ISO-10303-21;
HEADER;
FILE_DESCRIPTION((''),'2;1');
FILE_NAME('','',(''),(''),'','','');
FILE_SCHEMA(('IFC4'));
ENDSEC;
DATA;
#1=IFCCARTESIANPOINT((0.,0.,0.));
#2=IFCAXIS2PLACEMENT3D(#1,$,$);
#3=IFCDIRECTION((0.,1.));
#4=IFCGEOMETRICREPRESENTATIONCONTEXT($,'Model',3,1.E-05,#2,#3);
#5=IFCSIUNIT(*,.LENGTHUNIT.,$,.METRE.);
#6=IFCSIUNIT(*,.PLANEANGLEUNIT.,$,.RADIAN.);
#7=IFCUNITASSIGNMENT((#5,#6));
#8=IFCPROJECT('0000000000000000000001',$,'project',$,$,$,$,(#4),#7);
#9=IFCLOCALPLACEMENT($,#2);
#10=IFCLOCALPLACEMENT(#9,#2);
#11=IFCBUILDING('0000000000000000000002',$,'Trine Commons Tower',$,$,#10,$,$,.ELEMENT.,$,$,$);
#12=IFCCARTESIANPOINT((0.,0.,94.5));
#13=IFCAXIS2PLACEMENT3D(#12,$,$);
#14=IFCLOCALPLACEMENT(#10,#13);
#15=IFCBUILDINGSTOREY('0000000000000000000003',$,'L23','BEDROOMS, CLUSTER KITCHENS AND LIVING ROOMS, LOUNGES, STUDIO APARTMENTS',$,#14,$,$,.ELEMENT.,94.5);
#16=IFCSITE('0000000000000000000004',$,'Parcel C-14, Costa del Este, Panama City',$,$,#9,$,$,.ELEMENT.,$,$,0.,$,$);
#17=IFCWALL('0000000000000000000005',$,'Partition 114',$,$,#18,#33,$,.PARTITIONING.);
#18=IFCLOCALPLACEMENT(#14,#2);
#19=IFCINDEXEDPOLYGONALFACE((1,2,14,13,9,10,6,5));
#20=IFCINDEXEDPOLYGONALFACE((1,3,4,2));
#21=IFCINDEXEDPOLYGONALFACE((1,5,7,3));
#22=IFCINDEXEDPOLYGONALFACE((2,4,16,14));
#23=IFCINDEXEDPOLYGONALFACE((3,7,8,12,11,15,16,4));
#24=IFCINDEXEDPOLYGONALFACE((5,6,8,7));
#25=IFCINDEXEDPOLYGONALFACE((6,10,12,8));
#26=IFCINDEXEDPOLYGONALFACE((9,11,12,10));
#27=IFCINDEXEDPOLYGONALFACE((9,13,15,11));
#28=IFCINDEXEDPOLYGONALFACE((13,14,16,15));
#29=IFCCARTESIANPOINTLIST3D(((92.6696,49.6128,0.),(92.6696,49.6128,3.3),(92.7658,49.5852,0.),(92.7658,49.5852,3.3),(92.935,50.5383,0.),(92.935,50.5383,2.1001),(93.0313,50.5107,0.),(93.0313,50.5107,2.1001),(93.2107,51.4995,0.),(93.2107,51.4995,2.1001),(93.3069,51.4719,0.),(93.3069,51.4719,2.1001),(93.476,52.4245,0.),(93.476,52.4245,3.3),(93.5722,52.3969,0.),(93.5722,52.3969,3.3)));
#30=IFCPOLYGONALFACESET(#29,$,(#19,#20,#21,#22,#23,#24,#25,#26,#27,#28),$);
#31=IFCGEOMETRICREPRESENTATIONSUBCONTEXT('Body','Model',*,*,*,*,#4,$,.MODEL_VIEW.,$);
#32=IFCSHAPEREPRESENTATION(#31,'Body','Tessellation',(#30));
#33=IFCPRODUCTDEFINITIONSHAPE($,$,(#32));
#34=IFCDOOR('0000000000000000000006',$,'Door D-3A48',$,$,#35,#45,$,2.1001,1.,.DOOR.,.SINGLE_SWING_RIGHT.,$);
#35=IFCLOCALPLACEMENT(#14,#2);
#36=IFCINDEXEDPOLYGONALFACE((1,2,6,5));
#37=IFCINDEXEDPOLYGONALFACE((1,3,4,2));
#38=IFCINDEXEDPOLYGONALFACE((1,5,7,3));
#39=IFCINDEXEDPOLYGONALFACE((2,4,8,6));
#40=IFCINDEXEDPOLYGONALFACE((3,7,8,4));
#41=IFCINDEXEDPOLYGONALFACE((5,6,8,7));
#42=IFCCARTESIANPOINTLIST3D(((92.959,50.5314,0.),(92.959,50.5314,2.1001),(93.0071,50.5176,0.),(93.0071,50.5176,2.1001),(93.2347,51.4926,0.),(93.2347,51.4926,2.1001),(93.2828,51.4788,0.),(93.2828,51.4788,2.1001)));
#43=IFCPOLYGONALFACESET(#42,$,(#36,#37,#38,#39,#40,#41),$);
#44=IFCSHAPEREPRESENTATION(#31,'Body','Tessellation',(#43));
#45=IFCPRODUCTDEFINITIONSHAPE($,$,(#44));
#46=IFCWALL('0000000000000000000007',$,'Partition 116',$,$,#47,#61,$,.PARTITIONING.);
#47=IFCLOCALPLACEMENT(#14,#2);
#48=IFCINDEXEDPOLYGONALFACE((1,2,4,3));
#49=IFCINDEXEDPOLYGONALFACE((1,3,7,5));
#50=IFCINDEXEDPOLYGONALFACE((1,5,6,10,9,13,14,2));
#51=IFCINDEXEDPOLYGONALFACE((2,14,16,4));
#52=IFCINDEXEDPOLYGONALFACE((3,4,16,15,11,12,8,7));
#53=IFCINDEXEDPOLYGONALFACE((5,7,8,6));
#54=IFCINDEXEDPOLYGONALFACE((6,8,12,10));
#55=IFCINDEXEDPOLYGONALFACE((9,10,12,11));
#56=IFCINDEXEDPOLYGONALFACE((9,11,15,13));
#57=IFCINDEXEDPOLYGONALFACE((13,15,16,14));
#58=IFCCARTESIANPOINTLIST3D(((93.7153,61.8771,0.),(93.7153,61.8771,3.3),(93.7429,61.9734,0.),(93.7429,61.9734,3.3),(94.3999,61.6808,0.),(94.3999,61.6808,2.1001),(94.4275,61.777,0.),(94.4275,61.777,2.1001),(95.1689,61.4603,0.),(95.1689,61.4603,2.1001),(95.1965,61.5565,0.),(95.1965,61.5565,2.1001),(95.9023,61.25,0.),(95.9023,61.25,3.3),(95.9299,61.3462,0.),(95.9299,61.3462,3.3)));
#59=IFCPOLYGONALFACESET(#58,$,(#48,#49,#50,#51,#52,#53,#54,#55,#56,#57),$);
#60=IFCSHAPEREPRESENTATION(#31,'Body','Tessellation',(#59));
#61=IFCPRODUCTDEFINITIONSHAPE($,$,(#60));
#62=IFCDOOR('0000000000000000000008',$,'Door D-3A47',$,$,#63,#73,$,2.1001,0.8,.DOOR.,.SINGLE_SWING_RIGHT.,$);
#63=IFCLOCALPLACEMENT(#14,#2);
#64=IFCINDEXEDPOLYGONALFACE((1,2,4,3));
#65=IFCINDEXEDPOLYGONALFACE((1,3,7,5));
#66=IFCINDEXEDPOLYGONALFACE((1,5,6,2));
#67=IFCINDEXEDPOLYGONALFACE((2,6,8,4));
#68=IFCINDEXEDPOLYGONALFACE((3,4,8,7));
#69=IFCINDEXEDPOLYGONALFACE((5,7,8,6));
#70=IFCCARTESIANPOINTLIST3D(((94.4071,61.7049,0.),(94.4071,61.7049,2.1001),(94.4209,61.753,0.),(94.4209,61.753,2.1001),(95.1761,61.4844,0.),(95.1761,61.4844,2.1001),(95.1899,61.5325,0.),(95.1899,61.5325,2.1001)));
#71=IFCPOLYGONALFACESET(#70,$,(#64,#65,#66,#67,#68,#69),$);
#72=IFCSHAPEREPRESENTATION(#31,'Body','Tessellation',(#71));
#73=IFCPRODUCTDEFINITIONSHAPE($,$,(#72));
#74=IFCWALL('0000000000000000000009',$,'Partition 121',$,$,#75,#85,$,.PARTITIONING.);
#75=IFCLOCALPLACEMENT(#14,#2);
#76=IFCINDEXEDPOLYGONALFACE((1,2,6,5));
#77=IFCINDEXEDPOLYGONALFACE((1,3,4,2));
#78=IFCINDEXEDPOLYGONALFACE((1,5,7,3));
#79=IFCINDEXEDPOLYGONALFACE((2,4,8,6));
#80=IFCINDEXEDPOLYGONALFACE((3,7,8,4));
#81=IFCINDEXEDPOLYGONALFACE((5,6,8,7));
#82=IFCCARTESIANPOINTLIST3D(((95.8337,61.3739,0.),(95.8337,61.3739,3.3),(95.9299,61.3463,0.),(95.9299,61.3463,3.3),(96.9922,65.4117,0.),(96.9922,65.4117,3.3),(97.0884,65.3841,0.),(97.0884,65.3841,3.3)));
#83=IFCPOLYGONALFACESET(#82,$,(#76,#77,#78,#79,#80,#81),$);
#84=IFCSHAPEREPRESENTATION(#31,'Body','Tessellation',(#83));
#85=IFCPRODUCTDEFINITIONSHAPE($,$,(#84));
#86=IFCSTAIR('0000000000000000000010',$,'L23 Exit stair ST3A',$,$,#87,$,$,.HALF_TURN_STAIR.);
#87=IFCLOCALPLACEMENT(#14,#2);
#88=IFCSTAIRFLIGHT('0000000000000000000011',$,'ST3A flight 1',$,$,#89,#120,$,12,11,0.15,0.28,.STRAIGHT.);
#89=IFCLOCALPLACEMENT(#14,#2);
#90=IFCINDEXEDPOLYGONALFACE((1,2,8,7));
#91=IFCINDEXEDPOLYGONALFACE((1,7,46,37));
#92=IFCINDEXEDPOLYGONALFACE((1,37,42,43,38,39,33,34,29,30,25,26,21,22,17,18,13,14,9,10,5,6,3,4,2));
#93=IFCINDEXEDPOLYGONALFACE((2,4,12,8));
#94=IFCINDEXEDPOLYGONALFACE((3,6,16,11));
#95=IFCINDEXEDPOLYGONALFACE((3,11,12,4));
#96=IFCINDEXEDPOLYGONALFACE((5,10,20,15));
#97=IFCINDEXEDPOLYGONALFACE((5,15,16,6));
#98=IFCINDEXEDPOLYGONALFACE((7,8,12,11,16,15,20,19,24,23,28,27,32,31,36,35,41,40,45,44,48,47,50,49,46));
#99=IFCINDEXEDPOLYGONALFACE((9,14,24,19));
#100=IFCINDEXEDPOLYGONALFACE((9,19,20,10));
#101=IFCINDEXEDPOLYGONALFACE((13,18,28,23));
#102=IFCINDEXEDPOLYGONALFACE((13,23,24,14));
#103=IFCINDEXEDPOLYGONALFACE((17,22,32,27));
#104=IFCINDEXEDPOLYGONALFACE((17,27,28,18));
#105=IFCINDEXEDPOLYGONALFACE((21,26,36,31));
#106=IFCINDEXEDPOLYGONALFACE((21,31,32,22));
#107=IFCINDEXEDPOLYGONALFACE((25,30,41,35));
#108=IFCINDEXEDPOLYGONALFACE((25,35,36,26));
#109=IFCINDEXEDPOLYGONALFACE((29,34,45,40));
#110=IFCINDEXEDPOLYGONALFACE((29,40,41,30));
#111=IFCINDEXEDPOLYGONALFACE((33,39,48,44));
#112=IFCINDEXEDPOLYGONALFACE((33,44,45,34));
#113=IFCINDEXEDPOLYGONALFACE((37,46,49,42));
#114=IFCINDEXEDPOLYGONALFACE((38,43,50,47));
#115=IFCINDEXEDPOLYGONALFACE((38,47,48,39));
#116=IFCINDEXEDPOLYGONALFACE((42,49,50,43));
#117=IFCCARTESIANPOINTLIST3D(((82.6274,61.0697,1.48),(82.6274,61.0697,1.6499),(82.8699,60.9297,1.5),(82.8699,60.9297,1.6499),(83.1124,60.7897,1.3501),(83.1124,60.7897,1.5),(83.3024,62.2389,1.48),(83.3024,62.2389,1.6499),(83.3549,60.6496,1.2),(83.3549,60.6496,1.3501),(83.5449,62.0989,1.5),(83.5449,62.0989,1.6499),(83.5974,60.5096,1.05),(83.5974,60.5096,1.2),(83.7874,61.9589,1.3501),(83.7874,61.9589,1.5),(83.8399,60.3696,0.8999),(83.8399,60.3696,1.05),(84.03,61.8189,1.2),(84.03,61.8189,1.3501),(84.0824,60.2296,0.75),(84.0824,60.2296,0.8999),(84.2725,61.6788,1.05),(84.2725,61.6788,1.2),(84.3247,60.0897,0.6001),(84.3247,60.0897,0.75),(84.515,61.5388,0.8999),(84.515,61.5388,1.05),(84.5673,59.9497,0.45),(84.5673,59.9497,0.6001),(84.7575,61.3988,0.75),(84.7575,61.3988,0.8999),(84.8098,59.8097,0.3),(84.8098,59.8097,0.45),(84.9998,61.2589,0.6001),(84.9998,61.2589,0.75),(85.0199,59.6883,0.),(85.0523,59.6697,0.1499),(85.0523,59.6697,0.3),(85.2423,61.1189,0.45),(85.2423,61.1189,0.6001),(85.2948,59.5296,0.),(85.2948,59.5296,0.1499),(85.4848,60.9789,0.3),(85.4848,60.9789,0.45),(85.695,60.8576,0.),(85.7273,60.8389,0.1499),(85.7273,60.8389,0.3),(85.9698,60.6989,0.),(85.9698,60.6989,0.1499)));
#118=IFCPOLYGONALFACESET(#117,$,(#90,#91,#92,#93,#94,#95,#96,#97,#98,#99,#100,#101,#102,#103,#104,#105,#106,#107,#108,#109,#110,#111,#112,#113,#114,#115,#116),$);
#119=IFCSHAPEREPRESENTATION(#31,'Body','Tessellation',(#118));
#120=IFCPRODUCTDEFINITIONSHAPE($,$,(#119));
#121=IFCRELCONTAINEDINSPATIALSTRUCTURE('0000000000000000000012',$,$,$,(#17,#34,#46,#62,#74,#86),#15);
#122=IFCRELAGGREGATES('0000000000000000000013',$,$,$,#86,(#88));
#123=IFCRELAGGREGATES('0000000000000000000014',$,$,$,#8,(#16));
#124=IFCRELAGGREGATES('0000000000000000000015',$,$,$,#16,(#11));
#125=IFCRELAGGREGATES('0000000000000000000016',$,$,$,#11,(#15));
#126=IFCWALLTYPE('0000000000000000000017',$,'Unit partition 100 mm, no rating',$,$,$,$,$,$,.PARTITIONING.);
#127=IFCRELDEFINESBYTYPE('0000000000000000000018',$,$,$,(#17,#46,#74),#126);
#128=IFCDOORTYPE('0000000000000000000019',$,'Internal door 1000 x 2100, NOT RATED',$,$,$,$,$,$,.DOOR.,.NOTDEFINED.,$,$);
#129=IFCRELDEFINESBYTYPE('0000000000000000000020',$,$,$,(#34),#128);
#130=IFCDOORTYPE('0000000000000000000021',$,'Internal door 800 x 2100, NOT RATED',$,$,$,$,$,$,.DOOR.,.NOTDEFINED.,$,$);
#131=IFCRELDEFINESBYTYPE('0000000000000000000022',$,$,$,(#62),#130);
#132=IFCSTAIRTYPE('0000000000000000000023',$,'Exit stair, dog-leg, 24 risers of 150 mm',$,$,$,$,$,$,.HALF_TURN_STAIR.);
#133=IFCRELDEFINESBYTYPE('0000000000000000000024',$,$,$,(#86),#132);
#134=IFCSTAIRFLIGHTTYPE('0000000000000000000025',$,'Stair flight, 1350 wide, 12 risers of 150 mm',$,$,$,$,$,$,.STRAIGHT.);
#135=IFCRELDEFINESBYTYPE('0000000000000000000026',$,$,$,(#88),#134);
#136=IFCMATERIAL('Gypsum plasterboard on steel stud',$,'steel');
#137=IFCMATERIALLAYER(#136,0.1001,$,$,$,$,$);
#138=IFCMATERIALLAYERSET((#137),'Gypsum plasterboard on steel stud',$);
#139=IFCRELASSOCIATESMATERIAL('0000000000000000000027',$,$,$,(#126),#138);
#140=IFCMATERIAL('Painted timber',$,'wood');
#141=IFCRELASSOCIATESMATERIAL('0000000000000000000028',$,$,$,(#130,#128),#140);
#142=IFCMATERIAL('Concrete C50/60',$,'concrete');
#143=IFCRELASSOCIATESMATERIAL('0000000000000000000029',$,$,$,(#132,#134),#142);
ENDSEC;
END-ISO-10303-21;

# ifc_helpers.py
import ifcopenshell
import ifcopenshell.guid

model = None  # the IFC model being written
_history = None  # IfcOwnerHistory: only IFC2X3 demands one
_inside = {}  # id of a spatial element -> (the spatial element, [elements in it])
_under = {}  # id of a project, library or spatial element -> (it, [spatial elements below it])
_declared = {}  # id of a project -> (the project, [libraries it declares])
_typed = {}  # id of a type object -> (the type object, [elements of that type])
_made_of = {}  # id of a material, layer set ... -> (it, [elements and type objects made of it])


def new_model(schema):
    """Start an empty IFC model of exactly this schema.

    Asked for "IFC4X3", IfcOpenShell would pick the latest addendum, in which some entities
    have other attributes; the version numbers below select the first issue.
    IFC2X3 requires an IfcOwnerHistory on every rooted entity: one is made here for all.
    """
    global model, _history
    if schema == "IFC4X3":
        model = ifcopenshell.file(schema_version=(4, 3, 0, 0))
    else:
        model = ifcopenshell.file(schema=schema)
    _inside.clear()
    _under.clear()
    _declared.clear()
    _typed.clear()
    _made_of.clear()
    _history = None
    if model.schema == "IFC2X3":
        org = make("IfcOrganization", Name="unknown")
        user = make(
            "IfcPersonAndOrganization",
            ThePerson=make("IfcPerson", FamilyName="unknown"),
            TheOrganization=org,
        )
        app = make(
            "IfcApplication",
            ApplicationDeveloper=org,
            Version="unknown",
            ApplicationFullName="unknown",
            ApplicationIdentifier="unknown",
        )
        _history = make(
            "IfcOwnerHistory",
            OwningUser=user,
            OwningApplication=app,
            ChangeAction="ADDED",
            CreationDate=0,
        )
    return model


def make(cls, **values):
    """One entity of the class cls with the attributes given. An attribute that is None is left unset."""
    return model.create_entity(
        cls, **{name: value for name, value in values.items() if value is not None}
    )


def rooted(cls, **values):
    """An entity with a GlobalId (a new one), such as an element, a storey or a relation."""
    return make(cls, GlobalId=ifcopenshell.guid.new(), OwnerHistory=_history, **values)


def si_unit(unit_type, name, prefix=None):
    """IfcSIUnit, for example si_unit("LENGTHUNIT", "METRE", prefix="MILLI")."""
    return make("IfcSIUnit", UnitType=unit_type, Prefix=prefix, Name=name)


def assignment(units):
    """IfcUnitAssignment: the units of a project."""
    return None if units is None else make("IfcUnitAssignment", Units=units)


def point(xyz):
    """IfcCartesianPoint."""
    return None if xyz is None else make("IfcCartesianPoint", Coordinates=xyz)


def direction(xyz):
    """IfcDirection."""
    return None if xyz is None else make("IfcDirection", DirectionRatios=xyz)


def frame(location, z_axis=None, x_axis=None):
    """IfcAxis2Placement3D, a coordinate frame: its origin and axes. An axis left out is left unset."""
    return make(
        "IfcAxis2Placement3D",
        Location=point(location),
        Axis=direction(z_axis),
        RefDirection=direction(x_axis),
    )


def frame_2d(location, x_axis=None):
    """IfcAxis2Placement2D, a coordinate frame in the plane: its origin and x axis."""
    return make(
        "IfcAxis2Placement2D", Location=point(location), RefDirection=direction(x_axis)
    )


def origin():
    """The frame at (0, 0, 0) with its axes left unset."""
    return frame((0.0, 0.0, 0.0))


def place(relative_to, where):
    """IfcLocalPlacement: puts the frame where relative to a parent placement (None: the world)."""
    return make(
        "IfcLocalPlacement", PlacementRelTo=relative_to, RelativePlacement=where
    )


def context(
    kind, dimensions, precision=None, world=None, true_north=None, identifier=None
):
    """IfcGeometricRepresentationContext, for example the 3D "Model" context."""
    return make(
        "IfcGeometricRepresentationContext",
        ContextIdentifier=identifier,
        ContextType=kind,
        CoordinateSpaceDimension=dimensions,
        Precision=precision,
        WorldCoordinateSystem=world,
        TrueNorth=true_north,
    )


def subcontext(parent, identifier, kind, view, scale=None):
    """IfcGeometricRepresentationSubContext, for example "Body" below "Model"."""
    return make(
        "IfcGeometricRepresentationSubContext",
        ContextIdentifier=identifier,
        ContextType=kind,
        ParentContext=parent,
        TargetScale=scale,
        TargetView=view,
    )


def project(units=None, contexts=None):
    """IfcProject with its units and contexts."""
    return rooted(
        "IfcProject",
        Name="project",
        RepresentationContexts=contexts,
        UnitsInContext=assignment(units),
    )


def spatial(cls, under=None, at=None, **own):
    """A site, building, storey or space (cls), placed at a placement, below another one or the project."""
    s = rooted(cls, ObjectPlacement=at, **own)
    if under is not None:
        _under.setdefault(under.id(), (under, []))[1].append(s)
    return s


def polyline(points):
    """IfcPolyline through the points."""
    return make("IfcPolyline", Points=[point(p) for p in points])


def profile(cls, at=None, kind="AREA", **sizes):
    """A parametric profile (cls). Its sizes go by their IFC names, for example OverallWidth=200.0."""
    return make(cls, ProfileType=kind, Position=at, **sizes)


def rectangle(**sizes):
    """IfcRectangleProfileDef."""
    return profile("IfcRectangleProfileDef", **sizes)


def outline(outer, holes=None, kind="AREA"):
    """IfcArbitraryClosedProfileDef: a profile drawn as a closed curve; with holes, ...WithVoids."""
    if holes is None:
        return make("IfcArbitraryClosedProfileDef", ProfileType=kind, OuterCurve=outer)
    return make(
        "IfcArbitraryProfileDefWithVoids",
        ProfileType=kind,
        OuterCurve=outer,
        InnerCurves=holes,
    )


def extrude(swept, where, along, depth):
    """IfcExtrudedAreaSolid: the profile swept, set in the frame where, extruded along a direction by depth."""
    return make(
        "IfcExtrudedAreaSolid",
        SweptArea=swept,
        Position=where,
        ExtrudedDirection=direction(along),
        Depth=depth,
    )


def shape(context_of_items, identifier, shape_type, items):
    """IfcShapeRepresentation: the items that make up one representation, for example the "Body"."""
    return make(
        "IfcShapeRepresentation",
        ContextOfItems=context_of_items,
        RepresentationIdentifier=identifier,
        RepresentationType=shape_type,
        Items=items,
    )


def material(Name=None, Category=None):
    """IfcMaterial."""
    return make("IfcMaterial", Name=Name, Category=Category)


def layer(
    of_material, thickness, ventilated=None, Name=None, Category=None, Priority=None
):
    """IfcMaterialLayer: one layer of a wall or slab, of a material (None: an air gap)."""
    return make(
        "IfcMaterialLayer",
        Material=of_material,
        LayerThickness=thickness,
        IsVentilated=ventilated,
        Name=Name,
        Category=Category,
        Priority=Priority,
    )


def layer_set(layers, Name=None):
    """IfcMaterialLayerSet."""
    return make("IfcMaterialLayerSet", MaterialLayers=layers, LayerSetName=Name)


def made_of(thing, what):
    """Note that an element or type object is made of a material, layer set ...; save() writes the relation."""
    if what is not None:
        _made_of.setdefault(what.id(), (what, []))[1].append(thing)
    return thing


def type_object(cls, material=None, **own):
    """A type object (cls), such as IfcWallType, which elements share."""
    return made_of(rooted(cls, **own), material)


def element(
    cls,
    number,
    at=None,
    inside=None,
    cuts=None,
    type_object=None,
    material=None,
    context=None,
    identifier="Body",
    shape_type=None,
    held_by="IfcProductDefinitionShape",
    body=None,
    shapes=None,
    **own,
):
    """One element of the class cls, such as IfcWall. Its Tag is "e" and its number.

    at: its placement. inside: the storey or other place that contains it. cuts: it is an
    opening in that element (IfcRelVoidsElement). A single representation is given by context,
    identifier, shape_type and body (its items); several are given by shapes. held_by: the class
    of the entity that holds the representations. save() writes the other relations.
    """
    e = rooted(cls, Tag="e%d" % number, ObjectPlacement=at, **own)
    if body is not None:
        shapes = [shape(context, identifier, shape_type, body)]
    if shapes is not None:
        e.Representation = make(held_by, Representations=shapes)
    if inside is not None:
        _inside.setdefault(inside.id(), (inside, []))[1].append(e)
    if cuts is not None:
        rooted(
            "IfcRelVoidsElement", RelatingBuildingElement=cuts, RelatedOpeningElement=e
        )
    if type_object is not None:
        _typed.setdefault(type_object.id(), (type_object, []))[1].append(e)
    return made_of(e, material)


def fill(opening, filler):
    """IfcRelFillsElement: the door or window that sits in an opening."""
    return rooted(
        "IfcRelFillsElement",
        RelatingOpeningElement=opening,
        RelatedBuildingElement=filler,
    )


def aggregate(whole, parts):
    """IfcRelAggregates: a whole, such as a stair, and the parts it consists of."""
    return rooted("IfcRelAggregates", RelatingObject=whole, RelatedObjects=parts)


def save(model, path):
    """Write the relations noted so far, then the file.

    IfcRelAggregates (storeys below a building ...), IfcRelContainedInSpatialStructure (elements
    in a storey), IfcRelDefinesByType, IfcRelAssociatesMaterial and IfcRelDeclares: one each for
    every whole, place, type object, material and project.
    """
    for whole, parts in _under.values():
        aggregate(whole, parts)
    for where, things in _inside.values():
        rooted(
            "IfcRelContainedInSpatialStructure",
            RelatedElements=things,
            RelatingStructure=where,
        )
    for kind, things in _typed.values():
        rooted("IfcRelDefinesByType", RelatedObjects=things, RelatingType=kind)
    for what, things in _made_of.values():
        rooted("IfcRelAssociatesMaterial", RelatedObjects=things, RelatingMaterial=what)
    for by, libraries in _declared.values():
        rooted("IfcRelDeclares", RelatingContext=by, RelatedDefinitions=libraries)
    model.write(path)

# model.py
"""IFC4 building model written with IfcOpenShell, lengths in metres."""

from ifc_helpers import new_model, si_unit, direction, frame, frame_2d, origin, place, context, subcontext, project, spatial, polyline, rectangle, outline, extrude, material, layer, layer_set, type_object, element, fill, aggregate, save


model = new_model("IFC4")

# Units and contexts
model_context = context("Model", 3, precision=1e-05, world=origin(), true_north=direction((0.0, 1.0)))
body_context = subcontext(model_context, "Body", "Model", "MODEL_VIEW")
ifc_project = project(units=[si_unit("LENGTHUNIT", "METRE"), si_unit("PLANEANGLEUNIT", "RADIAN")], contexts=[model_context])

# Site, building, storey
site_placement = place(None, origin())
site = spatial("IfcSite", under=ifc_project, at=site_placement, Name="Parcel C-14, Costa del Este, Panama City", CompositionType="ELEMENT", RefElevation=0.0)
building_placement = place(site_placement, origin())
building = spatial("IfcBuilding", under=site, at=building_placement, Name="Trine Commons Tower", CompositionType="ELEMENT")
storey_placement = place(building_placement, frame((0.0, 0.0, 94.5)))
storey = spatial("IfcBuildingStorey", under=building, at=storey_placement, Name="L23", Description="BEDROOMS, CLUSTER KITCHENS AND LIVING ROOMS, LOUNGES, STUDIO APARTMENTS", CompositionType="ELEMENT", Elevation=94.5)

# Shared definitions
ifc_material_1 = material(Name="Concrete C50/60", Category="concrete")

# Shared definitions
ifc_material_2 = material(Name="Gypsum plasterboard on steel stud", Category="steel")

# Shared definitions
ifc_layer_1 = layer(ifc_material_2, 0.1001)
ifc_layer_set_1 = layer_set([ifc_layer_1], Name="Gypsum plasterboard on steel stud")
wall_type_1 = type_object("IfcWallType", Name="Unit partition 100 mm, no rating", PredefinedType="PARTITIONING", material=ifc_layer_set_1)
ifc_material_3 = material(Name="Painted timber", Category="wood")
door_type_1 = type_object("IfcDoorType", Name="Internal door 800 x 2100, NOT RATED", OperationType="NOTDEFINED", PredefinedType="DOOR", material=ifc_material_3)

# Walls, openings, doors
wall_1_placement = place(storey_placement, frame((92.7178, 49.5991, 0.0), z_axis=(0.0, 0.0, 1.0), x_axis=(0.27568, 0.961249, 0.0)))
wall_1 = element("IfcWall", 1, at=wall_1_placement, inside=storey, type_object=wall_type_1, Name="Partition 114", PredefinedType="PARTITIONING", context=body_context, shape_type="SweptSolid", body=[
    extrude(rectangle(XDim=2.925, YDim=0.1001, at=frame_2d((1.4624, 0.0))), origin(), (0.0, 0.0, 1.0), 3.3),
])
opening_1_placement = place(wall_1_placement, frame((0.9626, 0.0, 0.0)))
opening_1 = element("IfcOpeningElement", 2, at=opening_1_placement, cuts=wall_1, PredefinedType="OPENING", context=body_context, shape_type="SweptSolid", body=[
    extrude(rectangle(XDim=1.0, YDim=2.1001, at=frame_2d((0.5, 1.05))), frame((0.0, 0.0601, 0.0), z_axis=(0.0, -1.0, 0.0), x_axis=(1.0, 0.0, 0.0)), (0.0, 0.0, 1.0), 0.1201),
])
door_type_2 = type_object("IfcDoorType", Name="Internal door 1000 x 2100, NOT RATED", OperationType="NOTDEFINED", PredefinedType="DOOR", material=ifc_material_3)
door_1_placement = place(opening_1_placement, frame((1.0, 0.0, 0.0), z_axis=(0.0, 0.0, 1.0), x_axis=(-1.0, 0.0, 0.0)))
door_1 = element("IfcDoor", 3, at=door_1_placement, inside=storey, type_object=door_type_2, Name="Door D-3A48", OperationType="SINGLE_SWING_RIGHT", OverallHeight=2.1001, OverallWidth=1.0, PredefinedType="DOOR", context=body_context, shape_type="SweptSolid", body=[
    extrude(rectangle(XDim=1.0, YDim=2.1001, at=frame_2d((0.5, 1.05))), frame((0.0, 0.0249, 0.0), z_axis=(0.0, -1.0, 0.0), x_axis=(1.0, 0.0, 0.0)), (0.0, 0.0, 1.0), 0.05),
])
fill(opening_1, door_1)
wall_2_placement = place(storey_placement, frame((93.729, 61.9253, 0.0), z_axis=(0.0, 0.0, 1.0), x_axis=(0.961252, -0.275671, 0.0)))
wall_2 = element("IfcWall", 4, at=wall_2_placement, inside=storey, type_object=wall_type_1, Name="Partition 116", PredefinedType="PARTITIONING", context=body_context, shape_type="SweptSolid", body=[
    extrude(rectangle(XDim=2.2751, YDim=0.1001, at=frame_2d((1.1377, 0.0))), origin(), (0.0, 0.0, 1.0), 3.3),
])
opening_2_placement = place(wall_2_placement, frame((0.7124, 0.0, 0.0)))
opening_2 = element("IfcOpeningElement", 5, at=opening_2_placement, cuts=wall_2, PredefinedType="OPENING", context=body_context, shape_type="SweptSolid", body=[
    extrude(rectangle(XDim=0.8, YDim=2.1001, at=frame_2d((0.3999, 1.05))), frame((0.0, 0.0601, 0.0), z_axis=(0.0, -1.0, 0.0), x_axis=(1.0, 0.0, 0.0)), (0.0, 0.0, 1.0), 0.1201),
])
door_2_placement = place(opening_2_placement, frame((0.8, 0.0, 0.0), z_axis=(0.0, 0.0, 1.0), x_axis=(-1.0, 0.0, 0.0)))
door_2 = element("IfcDoor", 6, at=door_2_placement, inside=storey, type_object=door_type_1, Name="Door D-3A47", OperationType="SINGLE_SWING_RIGHT", OverallHeight=2.1001, OverallWidth=0.8, PredefinedType="DOOR", context=body_context, shape_type="SweptSolid", body=[
    extrude(rectangle(XDim=0.8, YDim=2.1001, at=frame_2d((0.3999, 1.05))), frame((0.0, 0.0249, 0.0), z_axis=(0.0, -1.0, 0.0), x_axis=(1.0, 0.0, 0.0)), (0.0, 0.0, 1.0), 0.05),
])
fill(opening_2, door_2)

# Wall
wall_3_placement = place(storey_placement, frame((95.8818, 61.3601, 0.0), z_axis=(0.0, 0.0, 1.0), x_axis=(0.275773, 0.961223, 0.0)))
element("IfcWall", 7, at=wall_3_placement, inside=storey, type_object=wall_type_1, Name="Partition 121", PredefinedType="PARTITIONING", context=body_context, shape_type="SweptSolid", body=[
    extrude(rectangle(XDim=4.2007, YDim=0.1001, at=frame_2d((2.1003, 0.0))), origin(), (0.0, 0.0, 1.0), 3.3),
])

# Stair, stair flight
stair_type = type_object("IfcStairType", Name="Exit stair, dog-leg, 24 risers of 150 mm", PredefinedType="HALF_TURN_STAIR", material=ifc_material_1)
stair_placement = place(storey_placement, origin())
stair = element("IfcStair", 8, at=stair_placement, inside=storey, type_object=stair_type, Name="L23 Exit stair ST3A", PredefinedType="HALF_TURN_STAIR")
stair_flight_type = type_object("IfcStairFlightType", Name="Stair flight, 1350 wide, 12 risers of 150 mm", PredefinedType="STRAIGHT", material=ifc_material_1)
stair_flight_placement = place(storey_placement, frame((85.6323, 60.1143, 0.0), z_axis=(0.0, 0.0, 1.0), x_axis=(-0.866025, 0.5, 0.0)))
stair_flight = element("IfcStairFlight", 9, at=stair_flight_placement, type_object=stair_flight_type, Name="ST3A flight 1", NumberOfRisers=12, NumberOfTreads=11, PredefinedType="STRAIGHT", RiserHeight=0.15, TreadLength=0.28, context=body_context, shape_type="SweptSolid", body=[
    extrude(outline(polyline([(0.0, 0.0), (0.0, 0.1499), (0.28, 0.1499), (0.28, 0.3), (0.5601, 0.3), (0.5601, 0.45), (0.8401, 0.45), (0.8401, 0.6001), (1.1201, 0.6001), (1.1201, 0.75), (1.3999, 0.75), (1.3999, 0.8999), (1.6799, 0.8999), (1.6799, 1.05), (1.96, 1.05), (1.96, 1.2), (2.24, 1.2), (2.24, 1.3501), (2.52, 1.3501), (2.52, 1.5), (2.8, 1.5), (2.8, 1.6499), (3.0801, 1.6499), (3.0801, 1.8), (3.0801, 1.48), (0.3174, 0.0), (0.0, 0.0)])), frame((0.0, 0.675, 0.0), z_axis=(0.0, -1.0, 0.0), x_axis=(1.0, 0.0, 0.0)), (0.0, 0.0, 1.0), 1.3501),
])
aggregate(stair, [stair_flight])

save(model, "model.ifc")
